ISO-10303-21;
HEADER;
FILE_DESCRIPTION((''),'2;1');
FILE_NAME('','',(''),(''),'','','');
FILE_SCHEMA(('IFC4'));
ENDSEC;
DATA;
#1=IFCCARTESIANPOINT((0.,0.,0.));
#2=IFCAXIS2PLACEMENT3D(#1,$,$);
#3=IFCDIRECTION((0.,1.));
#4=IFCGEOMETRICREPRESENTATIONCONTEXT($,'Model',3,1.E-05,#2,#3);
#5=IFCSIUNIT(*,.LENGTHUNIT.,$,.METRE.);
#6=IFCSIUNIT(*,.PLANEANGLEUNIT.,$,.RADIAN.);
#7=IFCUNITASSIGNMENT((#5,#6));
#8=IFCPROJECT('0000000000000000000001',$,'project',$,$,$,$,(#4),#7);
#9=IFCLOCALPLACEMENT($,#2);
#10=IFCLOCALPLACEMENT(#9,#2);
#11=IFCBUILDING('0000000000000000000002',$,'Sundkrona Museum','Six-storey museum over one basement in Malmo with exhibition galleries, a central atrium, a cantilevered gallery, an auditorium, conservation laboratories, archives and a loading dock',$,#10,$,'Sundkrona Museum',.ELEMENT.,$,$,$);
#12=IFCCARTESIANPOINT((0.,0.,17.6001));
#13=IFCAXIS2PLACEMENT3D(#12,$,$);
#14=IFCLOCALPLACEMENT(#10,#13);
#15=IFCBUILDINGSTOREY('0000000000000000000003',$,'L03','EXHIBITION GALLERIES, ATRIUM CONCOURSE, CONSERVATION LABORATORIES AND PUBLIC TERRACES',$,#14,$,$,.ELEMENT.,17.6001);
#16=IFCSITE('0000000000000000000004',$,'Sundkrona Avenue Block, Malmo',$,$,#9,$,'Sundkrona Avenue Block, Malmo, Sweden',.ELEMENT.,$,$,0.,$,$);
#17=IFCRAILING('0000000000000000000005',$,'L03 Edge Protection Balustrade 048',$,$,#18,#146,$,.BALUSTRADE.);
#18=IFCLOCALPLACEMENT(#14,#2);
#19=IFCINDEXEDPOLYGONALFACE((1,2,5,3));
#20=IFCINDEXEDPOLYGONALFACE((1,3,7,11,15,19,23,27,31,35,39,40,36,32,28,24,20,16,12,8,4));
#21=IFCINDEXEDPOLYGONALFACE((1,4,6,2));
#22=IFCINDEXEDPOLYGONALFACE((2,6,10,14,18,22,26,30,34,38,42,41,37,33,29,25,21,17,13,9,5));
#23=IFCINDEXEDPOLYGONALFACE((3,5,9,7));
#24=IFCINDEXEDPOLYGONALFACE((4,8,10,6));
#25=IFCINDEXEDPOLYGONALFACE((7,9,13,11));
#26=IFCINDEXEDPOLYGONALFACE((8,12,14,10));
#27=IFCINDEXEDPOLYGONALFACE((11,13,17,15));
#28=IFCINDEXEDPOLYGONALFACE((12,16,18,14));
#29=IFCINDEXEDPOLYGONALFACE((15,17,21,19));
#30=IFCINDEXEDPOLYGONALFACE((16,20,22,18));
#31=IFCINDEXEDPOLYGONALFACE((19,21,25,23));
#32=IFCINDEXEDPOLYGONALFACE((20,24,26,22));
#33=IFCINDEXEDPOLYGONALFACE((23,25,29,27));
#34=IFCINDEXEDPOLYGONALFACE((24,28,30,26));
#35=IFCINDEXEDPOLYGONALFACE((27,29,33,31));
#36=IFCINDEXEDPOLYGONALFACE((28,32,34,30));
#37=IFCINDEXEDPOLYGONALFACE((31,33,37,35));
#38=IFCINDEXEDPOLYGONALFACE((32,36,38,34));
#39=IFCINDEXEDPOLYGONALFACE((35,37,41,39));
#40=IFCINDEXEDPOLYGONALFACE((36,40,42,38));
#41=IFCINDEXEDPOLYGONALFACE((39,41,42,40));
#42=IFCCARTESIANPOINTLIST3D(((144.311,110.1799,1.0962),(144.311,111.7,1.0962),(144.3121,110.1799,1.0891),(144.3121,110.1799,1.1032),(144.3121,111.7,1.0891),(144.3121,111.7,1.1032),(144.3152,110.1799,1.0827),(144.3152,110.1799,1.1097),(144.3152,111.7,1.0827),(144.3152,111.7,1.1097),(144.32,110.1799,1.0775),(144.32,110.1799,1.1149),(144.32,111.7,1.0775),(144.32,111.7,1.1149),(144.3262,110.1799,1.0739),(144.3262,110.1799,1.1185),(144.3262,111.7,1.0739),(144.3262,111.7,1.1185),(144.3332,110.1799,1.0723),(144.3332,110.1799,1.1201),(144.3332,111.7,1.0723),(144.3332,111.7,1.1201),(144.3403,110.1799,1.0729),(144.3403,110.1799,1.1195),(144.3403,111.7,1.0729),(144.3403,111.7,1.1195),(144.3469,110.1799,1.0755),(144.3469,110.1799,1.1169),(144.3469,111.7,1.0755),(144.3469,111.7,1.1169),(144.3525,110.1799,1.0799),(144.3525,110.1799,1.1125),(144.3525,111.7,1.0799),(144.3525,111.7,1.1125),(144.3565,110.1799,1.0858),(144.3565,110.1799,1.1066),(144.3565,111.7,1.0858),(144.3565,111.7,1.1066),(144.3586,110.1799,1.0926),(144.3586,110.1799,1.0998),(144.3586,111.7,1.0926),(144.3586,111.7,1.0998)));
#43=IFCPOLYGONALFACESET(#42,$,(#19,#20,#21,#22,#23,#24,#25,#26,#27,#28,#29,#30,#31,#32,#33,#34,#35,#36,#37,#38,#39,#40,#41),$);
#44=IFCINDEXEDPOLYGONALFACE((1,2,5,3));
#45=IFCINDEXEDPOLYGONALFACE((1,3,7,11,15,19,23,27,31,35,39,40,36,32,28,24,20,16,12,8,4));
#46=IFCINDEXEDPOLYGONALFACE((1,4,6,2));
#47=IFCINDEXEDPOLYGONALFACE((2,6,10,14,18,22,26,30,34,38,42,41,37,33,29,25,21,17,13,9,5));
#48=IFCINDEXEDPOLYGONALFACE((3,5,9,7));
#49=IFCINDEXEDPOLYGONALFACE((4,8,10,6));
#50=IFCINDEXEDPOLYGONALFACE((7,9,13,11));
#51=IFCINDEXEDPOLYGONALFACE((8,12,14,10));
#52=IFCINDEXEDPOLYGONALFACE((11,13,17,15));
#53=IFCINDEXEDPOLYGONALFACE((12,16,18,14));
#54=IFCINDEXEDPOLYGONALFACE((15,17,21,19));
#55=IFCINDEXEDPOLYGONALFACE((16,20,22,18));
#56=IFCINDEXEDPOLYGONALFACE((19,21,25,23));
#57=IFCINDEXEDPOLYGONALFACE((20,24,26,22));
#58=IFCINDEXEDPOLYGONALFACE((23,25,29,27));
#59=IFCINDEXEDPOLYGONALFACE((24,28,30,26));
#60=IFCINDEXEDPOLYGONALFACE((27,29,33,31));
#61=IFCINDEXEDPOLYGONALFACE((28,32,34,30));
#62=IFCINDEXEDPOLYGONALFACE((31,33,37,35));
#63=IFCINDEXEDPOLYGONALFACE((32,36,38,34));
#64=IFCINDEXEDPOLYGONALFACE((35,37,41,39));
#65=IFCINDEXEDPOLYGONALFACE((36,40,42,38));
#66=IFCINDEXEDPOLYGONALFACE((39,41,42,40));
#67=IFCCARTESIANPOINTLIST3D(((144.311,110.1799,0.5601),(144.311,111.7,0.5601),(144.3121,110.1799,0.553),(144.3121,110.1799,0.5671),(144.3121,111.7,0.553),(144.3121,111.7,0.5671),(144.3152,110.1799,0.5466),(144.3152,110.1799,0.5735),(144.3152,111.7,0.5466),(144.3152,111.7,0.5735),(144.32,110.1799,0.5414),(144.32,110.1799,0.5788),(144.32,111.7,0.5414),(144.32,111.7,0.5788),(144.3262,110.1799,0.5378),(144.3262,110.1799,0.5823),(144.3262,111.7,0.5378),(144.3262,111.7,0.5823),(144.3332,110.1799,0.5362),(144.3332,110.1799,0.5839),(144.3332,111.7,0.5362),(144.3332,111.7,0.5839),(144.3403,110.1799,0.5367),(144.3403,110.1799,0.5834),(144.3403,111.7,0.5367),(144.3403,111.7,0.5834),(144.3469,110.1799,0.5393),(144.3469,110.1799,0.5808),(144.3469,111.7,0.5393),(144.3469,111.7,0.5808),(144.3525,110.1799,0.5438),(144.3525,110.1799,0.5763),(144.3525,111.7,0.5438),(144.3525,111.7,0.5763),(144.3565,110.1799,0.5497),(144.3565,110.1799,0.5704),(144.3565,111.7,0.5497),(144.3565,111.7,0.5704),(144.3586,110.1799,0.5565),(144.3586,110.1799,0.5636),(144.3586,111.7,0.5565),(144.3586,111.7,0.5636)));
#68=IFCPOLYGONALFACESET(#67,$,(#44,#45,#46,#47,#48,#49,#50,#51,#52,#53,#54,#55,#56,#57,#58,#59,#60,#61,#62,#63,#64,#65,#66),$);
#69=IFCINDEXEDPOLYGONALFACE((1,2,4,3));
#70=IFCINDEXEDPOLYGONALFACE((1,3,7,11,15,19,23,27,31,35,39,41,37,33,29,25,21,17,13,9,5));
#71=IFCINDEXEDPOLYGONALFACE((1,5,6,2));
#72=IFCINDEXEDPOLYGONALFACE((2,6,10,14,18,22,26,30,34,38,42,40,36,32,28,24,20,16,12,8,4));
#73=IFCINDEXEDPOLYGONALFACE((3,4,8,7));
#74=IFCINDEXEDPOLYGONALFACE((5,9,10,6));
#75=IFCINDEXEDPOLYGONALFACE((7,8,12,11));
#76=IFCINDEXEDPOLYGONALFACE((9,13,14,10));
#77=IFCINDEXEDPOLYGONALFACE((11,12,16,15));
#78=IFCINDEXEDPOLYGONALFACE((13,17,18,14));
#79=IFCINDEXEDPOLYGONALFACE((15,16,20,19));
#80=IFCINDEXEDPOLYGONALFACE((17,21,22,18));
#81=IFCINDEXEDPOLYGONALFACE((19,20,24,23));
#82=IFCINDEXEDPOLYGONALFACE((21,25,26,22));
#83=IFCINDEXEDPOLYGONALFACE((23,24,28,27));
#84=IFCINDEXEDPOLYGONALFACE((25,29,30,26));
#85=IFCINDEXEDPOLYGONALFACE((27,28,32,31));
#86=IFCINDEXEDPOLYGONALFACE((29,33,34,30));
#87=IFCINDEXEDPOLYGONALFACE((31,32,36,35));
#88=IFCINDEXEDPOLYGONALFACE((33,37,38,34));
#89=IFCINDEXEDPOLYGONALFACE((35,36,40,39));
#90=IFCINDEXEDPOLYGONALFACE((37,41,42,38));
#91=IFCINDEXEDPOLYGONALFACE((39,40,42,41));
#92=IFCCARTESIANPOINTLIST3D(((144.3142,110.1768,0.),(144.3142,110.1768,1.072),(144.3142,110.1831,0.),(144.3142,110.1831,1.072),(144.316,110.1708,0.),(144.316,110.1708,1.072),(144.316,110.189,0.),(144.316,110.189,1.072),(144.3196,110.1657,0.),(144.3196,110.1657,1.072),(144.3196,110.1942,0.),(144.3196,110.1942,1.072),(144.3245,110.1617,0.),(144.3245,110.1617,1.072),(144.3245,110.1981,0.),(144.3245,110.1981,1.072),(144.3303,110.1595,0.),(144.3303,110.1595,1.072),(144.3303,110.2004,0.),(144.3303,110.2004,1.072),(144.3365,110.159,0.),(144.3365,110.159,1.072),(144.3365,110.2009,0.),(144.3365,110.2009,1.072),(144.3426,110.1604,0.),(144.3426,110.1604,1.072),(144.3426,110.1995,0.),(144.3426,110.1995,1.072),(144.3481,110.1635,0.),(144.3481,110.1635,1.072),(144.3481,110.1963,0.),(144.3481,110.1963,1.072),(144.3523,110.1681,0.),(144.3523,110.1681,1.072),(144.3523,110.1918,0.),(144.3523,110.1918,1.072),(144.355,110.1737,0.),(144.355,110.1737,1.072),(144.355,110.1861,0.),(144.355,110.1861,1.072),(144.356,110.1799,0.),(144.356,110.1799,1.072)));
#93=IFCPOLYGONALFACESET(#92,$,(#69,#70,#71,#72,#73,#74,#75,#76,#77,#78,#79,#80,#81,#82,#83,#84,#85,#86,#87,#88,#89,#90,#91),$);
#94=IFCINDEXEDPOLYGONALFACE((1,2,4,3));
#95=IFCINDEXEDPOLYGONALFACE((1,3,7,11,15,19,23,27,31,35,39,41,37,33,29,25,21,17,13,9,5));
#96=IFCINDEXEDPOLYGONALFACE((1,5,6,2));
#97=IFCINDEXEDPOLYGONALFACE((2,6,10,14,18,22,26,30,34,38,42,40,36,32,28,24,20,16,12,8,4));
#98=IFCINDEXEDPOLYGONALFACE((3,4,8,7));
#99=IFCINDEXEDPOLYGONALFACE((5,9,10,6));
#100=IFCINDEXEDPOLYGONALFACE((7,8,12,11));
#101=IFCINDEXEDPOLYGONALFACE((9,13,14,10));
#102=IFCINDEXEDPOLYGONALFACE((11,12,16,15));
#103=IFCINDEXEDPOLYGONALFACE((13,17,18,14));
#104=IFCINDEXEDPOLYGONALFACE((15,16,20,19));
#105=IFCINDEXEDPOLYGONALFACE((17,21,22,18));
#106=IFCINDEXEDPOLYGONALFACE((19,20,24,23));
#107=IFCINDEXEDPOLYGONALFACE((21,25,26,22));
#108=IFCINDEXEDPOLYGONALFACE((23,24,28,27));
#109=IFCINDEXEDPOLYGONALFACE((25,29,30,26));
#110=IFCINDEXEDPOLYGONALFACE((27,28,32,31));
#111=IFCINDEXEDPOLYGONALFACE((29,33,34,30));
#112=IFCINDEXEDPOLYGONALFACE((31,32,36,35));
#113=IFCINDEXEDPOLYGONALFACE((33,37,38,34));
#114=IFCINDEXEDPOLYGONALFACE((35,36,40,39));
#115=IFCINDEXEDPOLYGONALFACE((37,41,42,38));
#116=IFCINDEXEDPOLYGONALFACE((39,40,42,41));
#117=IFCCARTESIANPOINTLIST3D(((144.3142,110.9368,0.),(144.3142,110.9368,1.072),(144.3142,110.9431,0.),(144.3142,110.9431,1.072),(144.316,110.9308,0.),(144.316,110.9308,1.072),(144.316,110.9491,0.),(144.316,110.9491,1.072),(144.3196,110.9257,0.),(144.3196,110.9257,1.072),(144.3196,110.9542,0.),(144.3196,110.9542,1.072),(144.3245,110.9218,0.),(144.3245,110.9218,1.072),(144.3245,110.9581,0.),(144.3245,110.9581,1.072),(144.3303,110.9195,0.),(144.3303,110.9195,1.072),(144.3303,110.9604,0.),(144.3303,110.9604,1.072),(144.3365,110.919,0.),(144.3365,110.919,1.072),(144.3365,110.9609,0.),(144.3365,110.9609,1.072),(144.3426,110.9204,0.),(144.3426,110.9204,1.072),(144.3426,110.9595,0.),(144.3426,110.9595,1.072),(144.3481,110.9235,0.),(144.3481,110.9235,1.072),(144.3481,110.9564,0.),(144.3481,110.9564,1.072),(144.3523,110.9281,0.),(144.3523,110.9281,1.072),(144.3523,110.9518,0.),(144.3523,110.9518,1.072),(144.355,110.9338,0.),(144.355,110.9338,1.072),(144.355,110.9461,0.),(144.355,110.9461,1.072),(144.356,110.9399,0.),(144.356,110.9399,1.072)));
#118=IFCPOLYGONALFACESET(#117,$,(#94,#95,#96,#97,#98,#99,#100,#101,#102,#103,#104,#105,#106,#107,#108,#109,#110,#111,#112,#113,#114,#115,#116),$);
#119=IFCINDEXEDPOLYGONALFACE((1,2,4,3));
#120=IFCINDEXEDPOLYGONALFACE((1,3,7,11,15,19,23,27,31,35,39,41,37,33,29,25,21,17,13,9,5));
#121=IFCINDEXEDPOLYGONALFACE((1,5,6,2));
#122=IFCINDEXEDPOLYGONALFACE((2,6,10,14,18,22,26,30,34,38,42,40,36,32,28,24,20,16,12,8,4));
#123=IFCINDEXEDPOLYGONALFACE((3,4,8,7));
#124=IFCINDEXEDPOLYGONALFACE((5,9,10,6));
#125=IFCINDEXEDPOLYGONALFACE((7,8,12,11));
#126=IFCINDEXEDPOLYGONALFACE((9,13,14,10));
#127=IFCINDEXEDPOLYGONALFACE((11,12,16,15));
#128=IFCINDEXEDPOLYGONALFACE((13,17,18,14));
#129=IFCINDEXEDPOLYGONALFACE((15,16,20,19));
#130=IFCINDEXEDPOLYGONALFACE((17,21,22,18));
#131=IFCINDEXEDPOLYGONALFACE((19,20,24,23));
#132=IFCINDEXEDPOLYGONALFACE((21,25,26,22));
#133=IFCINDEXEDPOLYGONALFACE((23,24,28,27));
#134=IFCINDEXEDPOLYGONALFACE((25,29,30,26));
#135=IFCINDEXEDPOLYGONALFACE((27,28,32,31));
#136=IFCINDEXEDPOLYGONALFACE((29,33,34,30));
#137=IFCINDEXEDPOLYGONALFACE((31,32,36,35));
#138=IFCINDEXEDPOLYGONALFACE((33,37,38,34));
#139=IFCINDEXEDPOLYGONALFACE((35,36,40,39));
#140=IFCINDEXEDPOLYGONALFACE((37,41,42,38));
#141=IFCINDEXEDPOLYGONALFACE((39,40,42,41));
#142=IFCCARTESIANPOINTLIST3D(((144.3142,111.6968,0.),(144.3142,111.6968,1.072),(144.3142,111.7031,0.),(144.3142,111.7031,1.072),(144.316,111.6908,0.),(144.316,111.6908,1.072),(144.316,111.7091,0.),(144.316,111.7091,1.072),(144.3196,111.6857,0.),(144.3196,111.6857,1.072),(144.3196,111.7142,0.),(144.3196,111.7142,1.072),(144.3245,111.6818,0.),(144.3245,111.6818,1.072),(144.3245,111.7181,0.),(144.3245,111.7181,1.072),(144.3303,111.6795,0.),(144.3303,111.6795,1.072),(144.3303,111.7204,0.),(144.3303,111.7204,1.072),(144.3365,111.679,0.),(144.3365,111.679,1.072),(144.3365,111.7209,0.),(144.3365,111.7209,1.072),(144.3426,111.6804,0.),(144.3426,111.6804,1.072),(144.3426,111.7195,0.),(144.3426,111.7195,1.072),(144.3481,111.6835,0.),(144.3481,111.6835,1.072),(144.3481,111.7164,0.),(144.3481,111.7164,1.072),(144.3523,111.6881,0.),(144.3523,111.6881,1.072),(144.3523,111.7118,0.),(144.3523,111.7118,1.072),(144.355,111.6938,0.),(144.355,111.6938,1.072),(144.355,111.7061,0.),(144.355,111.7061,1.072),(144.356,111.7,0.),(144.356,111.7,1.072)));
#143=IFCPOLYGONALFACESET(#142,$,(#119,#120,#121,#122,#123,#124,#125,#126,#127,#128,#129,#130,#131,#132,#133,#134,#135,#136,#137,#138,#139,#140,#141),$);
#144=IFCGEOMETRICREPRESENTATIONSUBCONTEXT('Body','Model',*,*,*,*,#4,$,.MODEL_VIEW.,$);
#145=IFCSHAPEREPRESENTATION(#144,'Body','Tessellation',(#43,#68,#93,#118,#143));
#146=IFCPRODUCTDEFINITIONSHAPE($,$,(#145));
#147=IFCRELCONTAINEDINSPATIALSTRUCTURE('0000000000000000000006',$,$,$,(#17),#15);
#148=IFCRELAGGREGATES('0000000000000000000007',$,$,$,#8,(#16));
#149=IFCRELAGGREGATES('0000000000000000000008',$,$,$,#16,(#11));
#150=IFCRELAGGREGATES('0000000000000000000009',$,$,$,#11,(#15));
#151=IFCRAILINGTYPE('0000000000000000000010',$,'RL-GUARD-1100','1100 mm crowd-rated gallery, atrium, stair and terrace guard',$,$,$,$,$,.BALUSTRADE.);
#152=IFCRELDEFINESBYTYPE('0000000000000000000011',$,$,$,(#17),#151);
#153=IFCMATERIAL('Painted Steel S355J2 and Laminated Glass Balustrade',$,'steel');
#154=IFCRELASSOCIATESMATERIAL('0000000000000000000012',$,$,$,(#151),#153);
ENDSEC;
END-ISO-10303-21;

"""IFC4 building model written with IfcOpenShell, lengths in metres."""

from ifc_helpers import new_model, si_unit, direction, frame, origin, origin_2d, place, context, subcontext, project, spatial, circle, extrude, material, type_object, element, save


model = new_model("IFC4")

# Units and contexts
model_context = context("Model", 3, precision=1e-05, world=origin(), true_north=direction((0.0, 1.0)))
body_context = subcontext(model_context, "Body", "Model", "MODEL_VIEW")
ifc_project = project(units=[si_unit("LENGTHUNIT", "METRE"), si_unit("PLANEANGLEUNIT", "RADIAN")], contexts=[model_context])

# Site, building, storey
site_placement = place(None, origin())
site = spatial("IfcSite", under=ifc_project, at=site_placement, Name="Sundkrona Avenue Block, Malmo", LongName="Sundkrona Avenue Block, Malmo, Sweden", CompositionType="ELEMENT", RefElevation=0.0)
building_placement = place(site_placement, origin())
building = spatial("IfcBuilding", under=site, at=building_placement, Name="Sundkrona Museum", Description="Six-storey museum over one basement in Malmo with exhibition galleries, a central atrium, a cantilevered gallery, an auditorium, conservation laboratories, archives and a loading dock", LongName="Sundkrona Museum", CompositionType="ELEMENT")
storey_placement = place(building_placement, frame((0.0, 0.0, 17.6001)))
storey = spatial("IfcBuildingStorey", under=building, at=storey_placement, Name="L03", Description="EXHIBITION GALLERIES, ATRIUM CONCOURSE, CONSERVATION LABORATORIES AND PUBLIC TERRACES", CompositionType="ELEMENT", Elevation=17.6001)

# Railing
ifc_material_1 = material(Name="Painted Steel S355J2 and Laminated Glass Balustrade", Category="steel")
railing_type = type_object("IfcRailingType", Name="RL-GUARD-1100", Description="1100 mm crowd-rated gallery, atrium, stair and terrace guard", PredefinedType="BALUSTRADE", material=ifc_material_1)
railing_1_placement = place(storey_placement, frame((144.335, 110.1799, 0.0)))
element("IfcRailing", 1, at=railing_1_placement, inside=storey, type_object=railing_type, Name="L03 Edge Protection Balustrade 048", PredefinedType="BALUSTRADE", context=body_context, shape_type="SweptSolid", body=[
    extrude(circle(Radius=0.0239, at=origin_2d()), frame((0.0, 0.0, 1.0962), z_axis=(0.0, 1.0, 0.0), x_axis=(-1.0, 0.0, 0.0)), (0.0, 0.0, 1.0), 1.52),
    extrude(circle(Radius=0.0239, at=origin_2d()), frame((0.0, 0.0, 0.5601), z_axis=(0.0, 1.0, 0.0), x_axis=(-1.0, 0.0, 0.0)), (0.0, 0.0, 1.0), 1.52),
    extrude(circle(Radius=0.021, at=origin_2d()), origin(), (0.0, 0.0, 1.0), 1.072),
    extrude(circle(Radius=0.021, at=origin_2d()), frame((0.0, 0.76, 0.0)), (0.0, 0.0, 1.0), 1.072),
    extrude(circle(Radius=0.021, at=origin_2d()), frame((0.0, 1.52, 0.0)), (0.0, 0.0, 1.0), 1.072),
])

save(model, "model.ifc")
